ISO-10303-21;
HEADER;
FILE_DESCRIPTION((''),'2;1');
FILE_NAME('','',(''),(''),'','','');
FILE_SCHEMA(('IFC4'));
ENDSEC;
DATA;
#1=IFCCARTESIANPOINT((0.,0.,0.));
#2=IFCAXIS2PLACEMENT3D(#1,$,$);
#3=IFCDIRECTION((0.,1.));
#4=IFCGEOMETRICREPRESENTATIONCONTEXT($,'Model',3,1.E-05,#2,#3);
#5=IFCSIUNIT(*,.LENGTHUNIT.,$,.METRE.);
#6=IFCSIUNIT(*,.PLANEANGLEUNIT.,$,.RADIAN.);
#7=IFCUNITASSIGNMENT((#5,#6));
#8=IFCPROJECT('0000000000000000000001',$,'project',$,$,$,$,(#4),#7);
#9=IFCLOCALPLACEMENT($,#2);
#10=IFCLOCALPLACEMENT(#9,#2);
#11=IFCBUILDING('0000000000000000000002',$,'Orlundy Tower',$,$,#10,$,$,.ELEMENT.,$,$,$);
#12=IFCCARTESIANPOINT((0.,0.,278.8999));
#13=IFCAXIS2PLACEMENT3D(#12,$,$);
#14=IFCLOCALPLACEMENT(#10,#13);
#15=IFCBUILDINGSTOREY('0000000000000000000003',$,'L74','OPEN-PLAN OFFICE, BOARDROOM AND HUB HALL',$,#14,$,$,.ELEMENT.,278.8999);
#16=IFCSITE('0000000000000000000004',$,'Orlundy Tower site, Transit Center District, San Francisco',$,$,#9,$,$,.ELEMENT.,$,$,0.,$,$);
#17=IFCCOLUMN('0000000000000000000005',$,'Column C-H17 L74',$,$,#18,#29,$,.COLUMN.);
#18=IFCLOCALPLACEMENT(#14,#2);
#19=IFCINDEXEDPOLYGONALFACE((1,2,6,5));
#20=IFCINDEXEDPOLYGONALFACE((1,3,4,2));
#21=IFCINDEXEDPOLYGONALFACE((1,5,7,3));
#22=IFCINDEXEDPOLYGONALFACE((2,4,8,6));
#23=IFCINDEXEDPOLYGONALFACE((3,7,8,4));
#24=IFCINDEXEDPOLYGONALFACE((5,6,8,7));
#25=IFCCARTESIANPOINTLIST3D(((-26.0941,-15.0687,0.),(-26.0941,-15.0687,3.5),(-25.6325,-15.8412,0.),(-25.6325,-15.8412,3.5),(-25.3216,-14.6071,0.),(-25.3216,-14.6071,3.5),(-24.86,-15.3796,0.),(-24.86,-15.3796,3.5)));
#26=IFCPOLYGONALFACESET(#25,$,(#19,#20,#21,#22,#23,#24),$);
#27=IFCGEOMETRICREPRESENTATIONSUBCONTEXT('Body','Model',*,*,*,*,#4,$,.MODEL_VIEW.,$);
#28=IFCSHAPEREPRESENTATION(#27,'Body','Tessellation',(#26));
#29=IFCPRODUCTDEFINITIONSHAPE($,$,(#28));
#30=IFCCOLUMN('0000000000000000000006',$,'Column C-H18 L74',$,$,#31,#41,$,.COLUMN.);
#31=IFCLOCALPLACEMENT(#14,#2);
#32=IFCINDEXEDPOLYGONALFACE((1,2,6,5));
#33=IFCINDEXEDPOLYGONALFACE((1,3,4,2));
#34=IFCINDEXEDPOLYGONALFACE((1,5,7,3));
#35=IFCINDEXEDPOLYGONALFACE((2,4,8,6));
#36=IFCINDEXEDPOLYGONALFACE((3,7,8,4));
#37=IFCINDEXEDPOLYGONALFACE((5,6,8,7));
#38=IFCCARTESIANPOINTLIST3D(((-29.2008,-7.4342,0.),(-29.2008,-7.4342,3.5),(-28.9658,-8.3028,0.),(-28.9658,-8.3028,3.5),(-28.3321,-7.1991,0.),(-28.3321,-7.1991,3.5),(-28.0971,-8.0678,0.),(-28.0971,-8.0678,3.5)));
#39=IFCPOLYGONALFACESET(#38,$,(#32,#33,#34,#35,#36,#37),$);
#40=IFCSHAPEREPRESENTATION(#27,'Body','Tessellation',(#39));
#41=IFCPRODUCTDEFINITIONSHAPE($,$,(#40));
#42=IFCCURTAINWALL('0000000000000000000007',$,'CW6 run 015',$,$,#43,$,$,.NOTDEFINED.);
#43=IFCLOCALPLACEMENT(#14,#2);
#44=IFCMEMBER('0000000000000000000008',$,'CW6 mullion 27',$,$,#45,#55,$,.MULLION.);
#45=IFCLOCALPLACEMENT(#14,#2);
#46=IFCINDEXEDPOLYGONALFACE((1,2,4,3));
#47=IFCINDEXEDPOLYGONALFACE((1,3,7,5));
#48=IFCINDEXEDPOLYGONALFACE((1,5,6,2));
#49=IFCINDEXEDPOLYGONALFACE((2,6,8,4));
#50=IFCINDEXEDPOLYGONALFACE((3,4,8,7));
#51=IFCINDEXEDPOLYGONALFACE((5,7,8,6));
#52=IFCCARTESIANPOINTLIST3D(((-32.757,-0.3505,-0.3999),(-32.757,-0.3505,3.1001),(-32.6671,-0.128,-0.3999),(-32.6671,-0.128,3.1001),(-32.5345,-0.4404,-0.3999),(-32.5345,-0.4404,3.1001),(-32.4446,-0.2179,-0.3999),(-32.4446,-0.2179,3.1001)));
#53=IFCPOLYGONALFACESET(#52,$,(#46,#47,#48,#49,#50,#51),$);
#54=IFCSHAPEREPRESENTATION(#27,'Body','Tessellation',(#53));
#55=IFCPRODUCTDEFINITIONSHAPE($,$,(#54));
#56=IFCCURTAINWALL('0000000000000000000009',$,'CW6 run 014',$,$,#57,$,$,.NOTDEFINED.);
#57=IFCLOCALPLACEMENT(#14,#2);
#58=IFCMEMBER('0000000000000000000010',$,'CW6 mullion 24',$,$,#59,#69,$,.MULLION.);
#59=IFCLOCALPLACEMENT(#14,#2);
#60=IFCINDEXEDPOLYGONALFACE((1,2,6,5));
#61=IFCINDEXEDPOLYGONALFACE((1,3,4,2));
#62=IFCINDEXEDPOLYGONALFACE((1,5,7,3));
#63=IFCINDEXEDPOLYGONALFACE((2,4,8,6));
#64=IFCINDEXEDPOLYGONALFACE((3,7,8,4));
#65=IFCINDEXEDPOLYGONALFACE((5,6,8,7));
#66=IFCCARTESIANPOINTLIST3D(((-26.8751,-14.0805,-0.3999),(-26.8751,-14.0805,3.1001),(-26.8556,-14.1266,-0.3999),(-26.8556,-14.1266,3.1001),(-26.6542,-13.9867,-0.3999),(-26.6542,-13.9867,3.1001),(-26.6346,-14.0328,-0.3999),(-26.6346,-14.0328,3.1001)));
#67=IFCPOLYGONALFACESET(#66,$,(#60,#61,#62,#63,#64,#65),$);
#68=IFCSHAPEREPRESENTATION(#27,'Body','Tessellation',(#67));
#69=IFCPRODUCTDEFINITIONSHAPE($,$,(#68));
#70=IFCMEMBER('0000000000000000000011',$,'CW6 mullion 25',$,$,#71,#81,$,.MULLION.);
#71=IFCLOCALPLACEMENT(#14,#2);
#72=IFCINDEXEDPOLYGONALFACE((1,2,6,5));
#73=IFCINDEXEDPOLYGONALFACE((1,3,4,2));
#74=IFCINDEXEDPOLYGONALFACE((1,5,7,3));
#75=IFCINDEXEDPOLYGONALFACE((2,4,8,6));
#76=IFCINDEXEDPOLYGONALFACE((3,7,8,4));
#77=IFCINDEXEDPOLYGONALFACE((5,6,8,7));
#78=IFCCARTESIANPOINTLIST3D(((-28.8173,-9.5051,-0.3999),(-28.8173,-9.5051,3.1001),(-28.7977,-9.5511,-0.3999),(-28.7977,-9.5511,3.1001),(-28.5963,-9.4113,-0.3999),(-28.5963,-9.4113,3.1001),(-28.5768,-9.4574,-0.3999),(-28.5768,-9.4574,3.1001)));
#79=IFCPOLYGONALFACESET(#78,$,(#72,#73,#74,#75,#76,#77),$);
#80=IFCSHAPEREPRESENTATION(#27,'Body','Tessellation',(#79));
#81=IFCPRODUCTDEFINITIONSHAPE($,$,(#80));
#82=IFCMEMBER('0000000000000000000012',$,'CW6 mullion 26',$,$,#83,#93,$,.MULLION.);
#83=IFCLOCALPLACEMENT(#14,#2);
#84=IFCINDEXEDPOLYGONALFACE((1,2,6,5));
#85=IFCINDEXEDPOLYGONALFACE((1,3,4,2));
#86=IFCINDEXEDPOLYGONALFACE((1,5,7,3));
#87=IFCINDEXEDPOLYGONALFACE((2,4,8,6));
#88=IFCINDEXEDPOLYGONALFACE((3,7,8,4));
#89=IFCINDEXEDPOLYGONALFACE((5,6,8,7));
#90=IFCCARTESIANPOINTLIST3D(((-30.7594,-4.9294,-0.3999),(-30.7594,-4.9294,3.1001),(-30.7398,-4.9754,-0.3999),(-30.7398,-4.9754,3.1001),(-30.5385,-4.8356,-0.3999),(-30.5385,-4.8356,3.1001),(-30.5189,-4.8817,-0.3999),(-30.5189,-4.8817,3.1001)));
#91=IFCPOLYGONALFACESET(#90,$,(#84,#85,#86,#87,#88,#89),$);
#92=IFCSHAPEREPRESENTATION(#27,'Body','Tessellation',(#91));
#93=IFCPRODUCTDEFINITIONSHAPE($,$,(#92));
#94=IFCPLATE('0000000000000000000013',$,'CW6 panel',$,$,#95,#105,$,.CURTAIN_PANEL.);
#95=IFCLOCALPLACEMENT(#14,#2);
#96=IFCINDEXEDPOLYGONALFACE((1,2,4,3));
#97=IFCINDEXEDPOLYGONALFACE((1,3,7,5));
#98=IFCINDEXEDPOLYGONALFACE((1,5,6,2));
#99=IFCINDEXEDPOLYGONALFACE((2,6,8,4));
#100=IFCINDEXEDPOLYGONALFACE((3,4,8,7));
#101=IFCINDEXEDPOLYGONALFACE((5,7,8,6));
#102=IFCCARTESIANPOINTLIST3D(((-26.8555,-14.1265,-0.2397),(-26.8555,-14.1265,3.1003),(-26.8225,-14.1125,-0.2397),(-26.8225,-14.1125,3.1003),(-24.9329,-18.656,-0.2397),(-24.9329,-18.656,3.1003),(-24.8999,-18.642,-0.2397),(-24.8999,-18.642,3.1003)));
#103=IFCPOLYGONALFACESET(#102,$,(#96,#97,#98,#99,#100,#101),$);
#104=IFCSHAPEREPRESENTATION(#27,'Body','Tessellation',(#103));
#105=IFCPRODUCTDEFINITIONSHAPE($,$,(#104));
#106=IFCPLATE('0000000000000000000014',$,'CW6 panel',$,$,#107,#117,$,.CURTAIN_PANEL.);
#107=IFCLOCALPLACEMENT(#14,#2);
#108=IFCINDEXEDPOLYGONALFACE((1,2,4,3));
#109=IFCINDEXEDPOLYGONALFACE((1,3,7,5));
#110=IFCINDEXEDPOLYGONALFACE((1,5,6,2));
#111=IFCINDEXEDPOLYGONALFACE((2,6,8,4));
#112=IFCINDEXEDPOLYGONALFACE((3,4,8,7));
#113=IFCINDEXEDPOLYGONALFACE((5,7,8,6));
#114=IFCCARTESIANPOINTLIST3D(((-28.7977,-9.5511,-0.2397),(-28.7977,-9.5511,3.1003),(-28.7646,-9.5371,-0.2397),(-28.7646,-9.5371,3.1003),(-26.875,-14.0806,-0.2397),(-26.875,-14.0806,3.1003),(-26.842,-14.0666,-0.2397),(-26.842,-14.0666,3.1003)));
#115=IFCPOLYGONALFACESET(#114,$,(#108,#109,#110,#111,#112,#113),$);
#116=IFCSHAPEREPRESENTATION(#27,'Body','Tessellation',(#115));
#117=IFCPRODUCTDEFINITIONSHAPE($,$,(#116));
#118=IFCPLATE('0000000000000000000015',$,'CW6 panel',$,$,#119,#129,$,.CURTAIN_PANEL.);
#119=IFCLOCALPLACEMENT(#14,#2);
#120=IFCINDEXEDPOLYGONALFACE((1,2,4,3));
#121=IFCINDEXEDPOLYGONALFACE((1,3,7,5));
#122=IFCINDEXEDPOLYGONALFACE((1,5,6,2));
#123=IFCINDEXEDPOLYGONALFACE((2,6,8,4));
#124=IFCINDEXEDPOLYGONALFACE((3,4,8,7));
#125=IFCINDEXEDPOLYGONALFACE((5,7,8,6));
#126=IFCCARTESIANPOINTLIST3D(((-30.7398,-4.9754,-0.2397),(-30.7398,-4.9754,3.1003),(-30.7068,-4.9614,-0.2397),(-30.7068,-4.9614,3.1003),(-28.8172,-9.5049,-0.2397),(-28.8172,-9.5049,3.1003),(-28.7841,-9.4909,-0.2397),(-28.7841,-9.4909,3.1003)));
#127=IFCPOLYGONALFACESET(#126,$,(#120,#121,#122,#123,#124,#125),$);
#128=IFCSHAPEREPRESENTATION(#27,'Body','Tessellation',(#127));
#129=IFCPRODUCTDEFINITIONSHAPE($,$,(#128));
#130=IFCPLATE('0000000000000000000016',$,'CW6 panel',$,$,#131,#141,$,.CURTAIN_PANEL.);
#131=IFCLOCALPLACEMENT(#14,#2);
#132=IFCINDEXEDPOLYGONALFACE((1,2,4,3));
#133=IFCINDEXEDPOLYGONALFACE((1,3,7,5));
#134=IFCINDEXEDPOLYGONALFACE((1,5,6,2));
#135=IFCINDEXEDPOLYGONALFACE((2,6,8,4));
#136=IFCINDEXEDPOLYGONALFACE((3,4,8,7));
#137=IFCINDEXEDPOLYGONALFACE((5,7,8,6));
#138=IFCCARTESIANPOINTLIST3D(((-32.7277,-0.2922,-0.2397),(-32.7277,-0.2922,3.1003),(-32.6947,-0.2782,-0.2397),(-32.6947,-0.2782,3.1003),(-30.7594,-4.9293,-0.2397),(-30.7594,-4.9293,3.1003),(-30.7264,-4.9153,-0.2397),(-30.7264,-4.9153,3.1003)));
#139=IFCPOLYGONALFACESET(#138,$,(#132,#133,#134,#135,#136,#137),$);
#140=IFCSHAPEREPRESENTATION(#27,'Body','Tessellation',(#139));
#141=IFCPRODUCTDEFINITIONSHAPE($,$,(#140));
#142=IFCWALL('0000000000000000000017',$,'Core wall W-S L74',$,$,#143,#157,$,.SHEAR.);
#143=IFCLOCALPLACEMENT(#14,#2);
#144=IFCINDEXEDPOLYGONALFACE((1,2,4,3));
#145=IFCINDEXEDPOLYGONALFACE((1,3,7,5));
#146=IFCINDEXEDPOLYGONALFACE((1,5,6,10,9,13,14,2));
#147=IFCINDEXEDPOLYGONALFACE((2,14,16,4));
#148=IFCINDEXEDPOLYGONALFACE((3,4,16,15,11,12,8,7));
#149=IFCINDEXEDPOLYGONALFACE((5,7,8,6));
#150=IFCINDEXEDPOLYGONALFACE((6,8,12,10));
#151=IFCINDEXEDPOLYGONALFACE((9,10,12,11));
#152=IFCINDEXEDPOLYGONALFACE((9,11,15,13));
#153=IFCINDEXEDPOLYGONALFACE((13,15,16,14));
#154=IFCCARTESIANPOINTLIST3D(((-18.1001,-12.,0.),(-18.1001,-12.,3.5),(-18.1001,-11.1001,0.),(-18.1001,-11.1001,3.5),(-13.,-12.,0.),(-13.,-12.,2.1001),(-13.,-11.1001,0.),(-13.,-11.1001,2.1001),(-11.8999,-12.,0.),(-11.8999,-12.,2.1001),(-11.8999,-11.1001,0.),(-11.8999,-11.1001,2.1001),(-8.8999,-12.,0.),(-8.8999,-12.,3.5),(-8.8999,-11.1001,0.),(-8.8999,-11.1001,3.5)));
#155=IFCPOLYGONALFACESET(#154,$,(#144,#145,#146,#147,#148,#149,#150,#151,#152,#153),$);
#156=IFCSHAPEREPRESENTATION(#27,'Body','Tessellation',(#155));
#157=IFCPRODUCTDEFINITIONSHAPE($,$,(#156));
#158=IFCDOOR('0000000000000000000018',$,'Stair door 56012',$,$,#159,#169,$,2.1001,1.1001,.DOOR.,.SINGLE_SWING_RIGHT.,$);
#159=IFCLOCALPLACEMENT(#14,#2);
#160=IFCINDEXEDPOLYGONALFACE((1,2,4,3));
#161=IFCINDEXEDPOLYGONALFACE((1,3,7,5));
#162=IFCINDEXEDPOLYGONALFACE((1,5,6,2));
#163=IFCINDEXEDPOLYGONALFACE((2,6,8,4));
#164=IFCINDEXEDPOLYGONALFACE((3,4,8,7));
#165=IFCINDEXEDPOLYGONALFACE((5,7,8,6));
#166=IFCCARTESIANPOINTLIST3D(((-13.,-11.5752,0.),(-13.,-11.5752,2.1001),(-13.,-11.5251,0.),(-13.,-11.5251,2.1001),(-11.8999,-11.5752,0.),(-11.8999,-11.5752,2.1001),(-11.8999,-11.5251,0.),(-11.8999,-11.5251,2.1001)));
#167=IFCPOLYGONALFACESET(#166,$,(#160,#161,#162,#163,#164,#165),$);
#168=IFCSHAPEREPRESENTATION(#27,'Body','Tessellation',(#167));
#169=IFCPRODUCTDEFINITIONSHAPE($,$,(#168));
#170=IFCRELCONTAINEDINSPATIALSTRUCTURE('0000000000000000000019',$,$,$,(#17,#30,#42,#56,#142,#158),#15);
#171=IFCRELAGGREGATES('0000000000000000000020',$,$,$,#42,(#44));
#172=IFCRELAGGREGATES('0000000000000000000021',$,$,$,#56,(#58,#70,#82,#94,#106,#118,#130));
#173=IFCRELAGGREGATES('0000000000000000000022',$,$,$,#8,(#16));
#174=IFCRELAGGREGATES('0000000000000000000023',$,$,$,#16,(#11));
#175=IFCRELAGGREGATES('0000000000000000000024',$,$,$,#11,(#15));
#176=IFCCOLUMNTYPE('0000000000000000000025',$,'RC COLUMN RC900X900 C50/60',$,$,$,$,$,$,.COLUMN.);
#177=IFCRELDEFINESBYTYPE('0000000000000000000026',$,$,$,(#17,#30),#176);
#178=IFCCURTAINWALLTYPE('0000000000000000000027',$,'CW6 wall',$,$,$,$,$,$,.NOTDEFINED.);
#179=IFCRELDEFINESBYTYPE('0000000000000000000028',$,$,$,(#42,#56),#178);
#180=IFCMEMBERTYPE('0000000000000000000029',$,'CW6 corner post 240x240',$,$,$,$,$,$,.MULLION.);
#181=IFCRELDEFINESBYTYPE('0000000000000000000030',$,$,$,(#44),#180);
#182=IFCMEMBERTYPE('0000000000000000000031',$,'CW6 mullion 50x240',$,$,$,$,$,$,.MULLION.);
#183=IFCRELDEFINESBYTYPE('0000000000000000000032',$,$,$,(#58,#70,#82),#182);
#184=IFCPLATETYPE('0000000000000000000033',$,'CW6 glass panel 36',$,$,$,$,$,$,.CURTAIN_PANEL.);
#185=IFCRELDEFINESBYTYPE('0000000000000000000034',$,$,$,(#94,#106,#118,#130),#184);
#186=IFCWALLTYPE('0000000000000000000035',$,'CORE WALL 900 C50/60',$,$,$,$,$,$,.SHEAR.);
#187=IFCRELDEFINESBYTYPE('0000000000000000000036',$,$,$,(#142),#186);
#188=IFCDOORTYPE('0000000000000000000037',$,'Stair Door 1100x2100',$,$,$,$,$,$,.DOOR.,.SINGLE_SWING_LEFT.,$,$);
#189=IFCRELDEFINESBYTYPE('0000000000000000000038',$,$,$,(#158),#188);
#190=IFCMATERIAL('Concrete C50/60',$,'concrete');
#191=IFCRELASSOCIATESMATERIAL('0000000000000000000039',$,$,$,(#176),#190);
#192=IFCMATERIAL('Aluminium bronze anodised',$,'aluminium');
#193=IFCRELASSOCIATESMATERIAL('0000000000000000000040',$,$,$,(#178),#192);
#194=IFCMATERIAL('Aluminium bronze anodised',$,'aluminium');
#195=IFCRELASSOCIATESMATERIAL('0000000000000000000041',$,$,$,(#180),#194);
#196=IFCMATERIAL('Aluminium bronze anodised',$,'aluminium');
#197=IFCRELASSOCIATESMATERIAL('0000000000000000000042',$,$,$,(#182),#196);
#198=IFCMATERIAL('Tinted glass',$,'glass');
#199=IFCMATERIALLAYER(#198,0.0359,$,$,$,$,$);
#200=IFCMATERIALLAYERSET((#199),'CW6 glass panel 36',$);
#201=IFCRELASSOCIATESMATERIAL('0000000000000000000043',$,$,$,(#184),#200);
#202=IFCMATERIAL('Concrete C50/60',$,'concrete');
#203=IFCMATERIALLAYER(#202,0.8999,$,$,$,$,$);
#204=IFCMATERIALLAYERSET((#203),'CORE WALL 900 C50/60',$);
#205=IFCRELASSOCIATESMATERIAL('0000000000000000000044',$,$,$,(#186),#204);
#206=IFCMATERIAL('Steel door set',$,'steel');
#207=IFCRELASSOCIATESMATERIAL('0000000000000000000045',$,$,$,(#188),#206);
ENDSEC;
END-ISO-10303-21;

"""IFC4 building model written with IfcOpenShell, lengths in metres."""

from ifc_helpers import new_model, si_unit, direction, frame, frame_2d, origin, origin_2d, place, context, subcontext, project, spatial, rectangle, extrude, material, layer, layer_set, material_profile, profile_set, type_object, element, fill, aggregate, save


model = new_model("IFC4")

# Units and contexts
model_context = context("Model", 3, precision=1e-05, world=origin(), true_north=direction((0.0, 1.0)))
body_context = subcontext(model_context, "Body", "Model", "MODEL_VIEW")
ifc_project = project(units=[si_unit("LENGTHUNIT", "METRE"), si_unit("PLANEANGLEUNIT", "RADIAN")], contexts=[model_context])

# Site, building, storey
site_placement = place(None, origin())
site = spatial("IfcSite", under=ifc_project, at=site_placement, Name="Orlundy Tower site, Transit Center District, San Francisco", CompositionType="ELEMENT", RefElevation=0.0)
building_placement = place(site_placement, origin())
building = spatial("IfcBuilding", under=site, at=building_placement, Name="Orlundy Tower", CompositionType="ELEMENT")
storey_placement = place(building_placement, frame((0.0, 0.0, 278.8999)))
storey = spatial("IfcBuildingStorey", under=building, at=storey_placement, Name="L74", Description="OPEN-PLAN OFFICE, BOARDROOM AND HUB HALL", CompositionType="ELEMENT", Elevation=278.8999)

# Columns
ifc_material_1 = material(Name="Concrete C50/60", Category="concrete")
ifc_material_profile_1 = material_profile(ifc_material_1, rectangle(XDim=0.8999, YDim=0.8999, at=origin_2d()), Name="RC900X900")
ifc_profile_set_1 = profile_set([ifc_material_profile_1], Name="Concrete C50/60")
column_type = type_object("IfcColumnType", Name="RC COLUMN RC900X900 C50/60", PredefinedType="COLUMN", material=ifc_profile_set_1)
for number, where, z_axis, x_axis, name in (
    (1, (-25.4771, -15.2241, 0.0), (0.0, 0.0, 1.0), (-0.858414, -0.512957, 0.0), "Column C-H17 L74"),
    (2, (-28.6489, -7.751, 0.0), (0.0, 0.0, 1.0), (-0.965295, -0.261162, 0.0), "Column C-H18 L74"),
):
    element("IfcColumn", number, at=place(storey_placement, frame(where, z_axis=z_axis, x_axis=x_axis)), inside=storey, type_object=column_type, Name=name, PredefinedType="COLUMN", context=body_context, shape_type="SweptSolid", body=[
        extrude(rectangle(XDim=0.8999, YDim=0.8999, at=origin_2d()), origin(), (0.0, 0.0, 1.0), 3.5),
    ])

# Curtain wall, member
ifc_material_2 = material(Name="Aluminium bronze anodised", Category="aluminium")
curtain_wall_type = type_object("IfcCurtainWallType", Name="CW6 wall", PredefinedType="NOTDEFINED", material=ifc_material_2)
curtain_wall_1_placement = place(storey_placement, origin())
curtain_wall_1 = element("IfcCurtainWall", 3, at=curtain_wall_1_placement, inside=storey, type_object=curtain_wall_type, Name="CW6 run 015", PredefinedType="NOTDEFINED")
ifc_material_3 = material(Name="Aluminium bronze anodised", Category="aluminium")
ifc_material_profile_2 = material_profile(ifc_material_3, rectangle(XDim=0.24, YDim=0.24, at=origin_2d()), Name="CW6 corner post 240x240")
ifc_profile_set_2 = profile_set([ifc_material_profile_2], Name="Aluminium bronze anodised")
member_type_1 = type_object("IfcMemberType", Name="CW6 corner post 240x240", PredefinedType="MULLION", material=ifc_profile_set_2)
member_1_placement = place(storey_placement, frame((-32.6008, -0.2842, -0.3999), z_axis=(0.0, 0.0, 1.0), x_axis=(-0.927184, 0.374607, 0.0)))
member_1 = element("IfcMember", 4, at=member_1_placement, type_object=member_type_1, Name="CW6 mullion 27", PredefinedType="MULLION", context=body_context, shape_type="SweptSolid", body=[
    extrude(rectangle(XDim=0.24, YDim=0.24, at=origin_2d()), origin(), (0.0, 0.0, 1.0), 3.5),
])
aggregate(curtain_wall_1, [member_1])

# Curtain wall, members, plates
curtain_wall_2_placement = place(storey_placement, origin())
curtain_wall_2 = element("IfcCurtainWall", 5, at=curtain_wall_2_placement, inside=storey, type_object=curtain_wall_type, Name="CW6 run 014", PredefinedType="NOTDEFINED")
ifc_material_4 = material(Name="Aluminium bronze anodised", Category="aluminium")
ifc_material_profile_3 = material_profile(ifc_material_4, rectangle(XDim=0.24, YDim=0.05, at=origin_2d()), Name="CW6 mullion 50x240")
ifc_profile_set_3 = profile_set([ifc_material_profile_3], Name="Aluminium bronze anodised")
member_type_2 = type_object("IfcMemberType", Name="CW6 mullion 50x240", PredefinedType="MULLION", material=ifc_profile_set_3)
member_2_placement = place(storey_placement, frame((-26.7549, -14.0566, -0.3999), z_axis=(0.0, 0.0, 1.0), x_axis=(-0.920507, -0.390727, 0.0)))
member_2 = element("IfcMember", 6, at=member_2_placement, type_object=member_type_2, Name="CW6 mullion 24", PredefinedType="MULLION", context=body_context, shape_type="SweptSolid", body=[
    extrude(rectangle(XDim=0.24, YDim=0.05, at=origin_2d()), origin(), (0.0, 0.0, 1.0), 3.5),
])
member_3_placement = place(storey_placement, frame((-28.697, -9.4812, -0.3999), z_axis=(0.0, 0.0, 1.0), x_axis=(-0.920507, -0.390727, 0.0)))
member_3 = element("IfcMember", 7, at=member_3_placement, type_object=member_type_2, Name="CW6 mullion 25", PredefinedType="MULLION", context=body_context, shape_type="SweptSolid", body=[
    extrude(rectangle(XDim=0.24, YDim=0.05, at=origin_2d()), origin(), (0.0, 0.0, 1.0), 3.5),
])
member_4_placement = place(storey_placement, frame((-30.6392, -4.9055, -0.3999), z_axis=(0.0, 0.0, 1.0), x_axis=(-0.920507, -0.390727, 0.0)))
member_4 = element("IfcMember", 8, at=member_4_placement, type_object=member_type_2, Name="CW6 mullion 26", PredefinedType="MULLION", context=body_context, shape_type="SweptSolid", body=[
    extrude(rectangle(XDim=0.24, YDim=0.05, at=origin_2d()), origin(), (0.0, 0.0, 1.0), 3.5),
])
ifc_material_5 = material(Name="Tinted glass", Category="glass")
ifc_layer_1 = layer(ifc_material_5, 0.0359)
ifc_layer_set_1 = layer_set([ifc_layer_1], Name="CW6 glass panel 36")
plate_type = type_object("IfcPlateType", Name="CW6 glass panel 36", PredefinedType="CURTAIN_PANEL", material=ifc_layer_set_1)
plate_1_placement = place(storey_placement, frame((-25.8777, -16.3843, -0.2397), z_axis=(0.0, 0.0, 1.0), x_axis=(-0.390727, 0.920507, 0.0)))
plate_1 = element("IfcPlate", 9, at=plate_1_placement, type_object=plate_type, Name="CW6 panel", PredefinedType="CURTAIN_PANEL", context=body_context, shape_type="SweptSolid", body=[
    extrude(rectangle(XDim=4.9207, YDim=0.0359, at=origin_2d()), origin(), (0.0, 0.0, 1.0), 3.3401),
])
plate_2_placement = place(storey_placement, frame((-27.8198, -11.8088, -0.2397), z_axis=(0.0, 0.0, 1.0), x_axis=(-0.390727, 0.920507, 0.0)))
plate_2 = element("IfcPlate", 10, at=plate_2_placement, type_object=plate_type, Name="CW6 panel", PredefinedType="CURTAIN_PANEL", context=body_context, shape_type="SweptSolid", body=[
    extrude(rectangle(XDim=4.9207, YDim=0.0359, at=origin_2d()), origin(), (0.0, 0.0, 1.0), 3.3401),
])
plate_3_placement = place(storey_placement, frame((-29.762, -7.2332, -0.2397), z_axis=(0.0, 0.0, 1.0), x_axis=(-0.390727, 0.920507, 0.0)))
plate_3 = element("IfcPlate", 11, at=plate_3_placement, type_object=plate_type, Name="CW6 panel", PredefinedType="CURTAIN_PANEL", context=body_context, shape_type="SweptSolid", body=[
    extrude(rectangle(XDim=4.9207, YDim=0.0359, at=origin_2d()), origin(), (0.0, 0.0, 1.0), 3.3401),
])
plate_4_placement = place(storey_placement, frame((-31.7271, -2.6038, -0.2397), z_axis=(0.0, 0.0, 1.0), x_axis=(-0.390727, 0.920507, 0.0)))
plate_4 = element("IfcPlate", 12, at=plate_4_placement, type_object=plate_type, Name="CW6 panel", PredefinedType="CURTAIN_PANEL", context=body_context, shape_type="SweptSolid", body=[
    extrude(rectangle(XDim=5.0376, YDim=0.0359, at=origin_2d()), origin(), (0.0, 0.0, 1.0), 3.3401),
])
aggregate(curtain_wall_2, [member_2, member_3, member_4, plate_1, plate_2, plate_3, plate_4])

# Wall, opening, door
ifc_material_6 = material(Name="Concrete C50/60", Category="concrete")
ifc_layer_2 = layer(ifc_material_6, 0.8999)
ifc_layer_set_2 = layer_set([ifc_layer_2], Name="CORE WALL 900 C50/60")
wall_type_1 = type_object("IfcWallType", Name="CORE WALL 900 C50/60", PredefinedType="SHEAR", material=ifc_layer_set_2)
wall_1_placement = place(storey_placement, frame((-18.1001, -11.55, 0.0), z_axis=(0.0, 0.0, 1.0), x_axis=(1.0, 0.0, 0.0)))
wall_1 = element("IfcWall", 13, at=wall_1_placement, inside=storey, type_object=wall_type_1, Name="Core wall W-S L74", PredefinedType="SHEAR", context=body_context, shape_type="SweptSolid", body=[
    extrude(rectangle(XDim=9.2002, YDim=0.8999, at=frame_2d((4.6001, 0.0))), origin(), (0.0, 0.0, 1.0), 3.5),
])
opening_1_placement = place(wall_1_placement, frame((5.1001, 0.0, 0.0)))
opening_1 = element("IfcOpeningElement", 14, at=opening_1_placement, cuts=wall_1, PredefinedType="OPENING", context=body_context, shape_type="SweptSolid", body=[
    extrude(rectangle(XDim=1.1001, YDim=2.1001, at=frame_2d((0.55, 1.05))), frame((0.0, 0.46, 0.0), z_axis=(0.0, -1.0, 0.0), x_axis=(1.0, 0.0, 0.0)), (0.0, 0.0, 1.0), 0.9199),
])
ifc_material_7 = material(Name="Steel door set", Category="steel")
door_type_1 = type_object("IfcDoorType", Name="Stair Door 1100x2100", OperationType="SINGLE_SWING_LEFT", PredefinedType="DOOR", material=ifc_material_7)
door_1_placement = place(opening_1_placement, origin())
door_1 = element("IfcDoor", 15, at=door_1_placement, inside=storey, type_object=door_type_1, Name="Stair door 56012", OperationType="SINGLE_SWING_RIGHT", OverallHeight=2.1001, OverallWidth=1.1001, PredefinedType="DOOR", context=body_context, shape_type="SweptSolid", body=[
    extrude(rectangle(XDim=1.1001, YDim=2.1001, at=frame_2d((0.55, 1.05))), frame((0.0, 0.0249, 0.0), z_axis=(0.0, -1.0, 0.0), x_axis=(1.0, 0.0, 0.0)), (0.0, 0.0, 1.0), 0.05),
])
fill(opening_1, door_1)

save(model, "model.ifc")
